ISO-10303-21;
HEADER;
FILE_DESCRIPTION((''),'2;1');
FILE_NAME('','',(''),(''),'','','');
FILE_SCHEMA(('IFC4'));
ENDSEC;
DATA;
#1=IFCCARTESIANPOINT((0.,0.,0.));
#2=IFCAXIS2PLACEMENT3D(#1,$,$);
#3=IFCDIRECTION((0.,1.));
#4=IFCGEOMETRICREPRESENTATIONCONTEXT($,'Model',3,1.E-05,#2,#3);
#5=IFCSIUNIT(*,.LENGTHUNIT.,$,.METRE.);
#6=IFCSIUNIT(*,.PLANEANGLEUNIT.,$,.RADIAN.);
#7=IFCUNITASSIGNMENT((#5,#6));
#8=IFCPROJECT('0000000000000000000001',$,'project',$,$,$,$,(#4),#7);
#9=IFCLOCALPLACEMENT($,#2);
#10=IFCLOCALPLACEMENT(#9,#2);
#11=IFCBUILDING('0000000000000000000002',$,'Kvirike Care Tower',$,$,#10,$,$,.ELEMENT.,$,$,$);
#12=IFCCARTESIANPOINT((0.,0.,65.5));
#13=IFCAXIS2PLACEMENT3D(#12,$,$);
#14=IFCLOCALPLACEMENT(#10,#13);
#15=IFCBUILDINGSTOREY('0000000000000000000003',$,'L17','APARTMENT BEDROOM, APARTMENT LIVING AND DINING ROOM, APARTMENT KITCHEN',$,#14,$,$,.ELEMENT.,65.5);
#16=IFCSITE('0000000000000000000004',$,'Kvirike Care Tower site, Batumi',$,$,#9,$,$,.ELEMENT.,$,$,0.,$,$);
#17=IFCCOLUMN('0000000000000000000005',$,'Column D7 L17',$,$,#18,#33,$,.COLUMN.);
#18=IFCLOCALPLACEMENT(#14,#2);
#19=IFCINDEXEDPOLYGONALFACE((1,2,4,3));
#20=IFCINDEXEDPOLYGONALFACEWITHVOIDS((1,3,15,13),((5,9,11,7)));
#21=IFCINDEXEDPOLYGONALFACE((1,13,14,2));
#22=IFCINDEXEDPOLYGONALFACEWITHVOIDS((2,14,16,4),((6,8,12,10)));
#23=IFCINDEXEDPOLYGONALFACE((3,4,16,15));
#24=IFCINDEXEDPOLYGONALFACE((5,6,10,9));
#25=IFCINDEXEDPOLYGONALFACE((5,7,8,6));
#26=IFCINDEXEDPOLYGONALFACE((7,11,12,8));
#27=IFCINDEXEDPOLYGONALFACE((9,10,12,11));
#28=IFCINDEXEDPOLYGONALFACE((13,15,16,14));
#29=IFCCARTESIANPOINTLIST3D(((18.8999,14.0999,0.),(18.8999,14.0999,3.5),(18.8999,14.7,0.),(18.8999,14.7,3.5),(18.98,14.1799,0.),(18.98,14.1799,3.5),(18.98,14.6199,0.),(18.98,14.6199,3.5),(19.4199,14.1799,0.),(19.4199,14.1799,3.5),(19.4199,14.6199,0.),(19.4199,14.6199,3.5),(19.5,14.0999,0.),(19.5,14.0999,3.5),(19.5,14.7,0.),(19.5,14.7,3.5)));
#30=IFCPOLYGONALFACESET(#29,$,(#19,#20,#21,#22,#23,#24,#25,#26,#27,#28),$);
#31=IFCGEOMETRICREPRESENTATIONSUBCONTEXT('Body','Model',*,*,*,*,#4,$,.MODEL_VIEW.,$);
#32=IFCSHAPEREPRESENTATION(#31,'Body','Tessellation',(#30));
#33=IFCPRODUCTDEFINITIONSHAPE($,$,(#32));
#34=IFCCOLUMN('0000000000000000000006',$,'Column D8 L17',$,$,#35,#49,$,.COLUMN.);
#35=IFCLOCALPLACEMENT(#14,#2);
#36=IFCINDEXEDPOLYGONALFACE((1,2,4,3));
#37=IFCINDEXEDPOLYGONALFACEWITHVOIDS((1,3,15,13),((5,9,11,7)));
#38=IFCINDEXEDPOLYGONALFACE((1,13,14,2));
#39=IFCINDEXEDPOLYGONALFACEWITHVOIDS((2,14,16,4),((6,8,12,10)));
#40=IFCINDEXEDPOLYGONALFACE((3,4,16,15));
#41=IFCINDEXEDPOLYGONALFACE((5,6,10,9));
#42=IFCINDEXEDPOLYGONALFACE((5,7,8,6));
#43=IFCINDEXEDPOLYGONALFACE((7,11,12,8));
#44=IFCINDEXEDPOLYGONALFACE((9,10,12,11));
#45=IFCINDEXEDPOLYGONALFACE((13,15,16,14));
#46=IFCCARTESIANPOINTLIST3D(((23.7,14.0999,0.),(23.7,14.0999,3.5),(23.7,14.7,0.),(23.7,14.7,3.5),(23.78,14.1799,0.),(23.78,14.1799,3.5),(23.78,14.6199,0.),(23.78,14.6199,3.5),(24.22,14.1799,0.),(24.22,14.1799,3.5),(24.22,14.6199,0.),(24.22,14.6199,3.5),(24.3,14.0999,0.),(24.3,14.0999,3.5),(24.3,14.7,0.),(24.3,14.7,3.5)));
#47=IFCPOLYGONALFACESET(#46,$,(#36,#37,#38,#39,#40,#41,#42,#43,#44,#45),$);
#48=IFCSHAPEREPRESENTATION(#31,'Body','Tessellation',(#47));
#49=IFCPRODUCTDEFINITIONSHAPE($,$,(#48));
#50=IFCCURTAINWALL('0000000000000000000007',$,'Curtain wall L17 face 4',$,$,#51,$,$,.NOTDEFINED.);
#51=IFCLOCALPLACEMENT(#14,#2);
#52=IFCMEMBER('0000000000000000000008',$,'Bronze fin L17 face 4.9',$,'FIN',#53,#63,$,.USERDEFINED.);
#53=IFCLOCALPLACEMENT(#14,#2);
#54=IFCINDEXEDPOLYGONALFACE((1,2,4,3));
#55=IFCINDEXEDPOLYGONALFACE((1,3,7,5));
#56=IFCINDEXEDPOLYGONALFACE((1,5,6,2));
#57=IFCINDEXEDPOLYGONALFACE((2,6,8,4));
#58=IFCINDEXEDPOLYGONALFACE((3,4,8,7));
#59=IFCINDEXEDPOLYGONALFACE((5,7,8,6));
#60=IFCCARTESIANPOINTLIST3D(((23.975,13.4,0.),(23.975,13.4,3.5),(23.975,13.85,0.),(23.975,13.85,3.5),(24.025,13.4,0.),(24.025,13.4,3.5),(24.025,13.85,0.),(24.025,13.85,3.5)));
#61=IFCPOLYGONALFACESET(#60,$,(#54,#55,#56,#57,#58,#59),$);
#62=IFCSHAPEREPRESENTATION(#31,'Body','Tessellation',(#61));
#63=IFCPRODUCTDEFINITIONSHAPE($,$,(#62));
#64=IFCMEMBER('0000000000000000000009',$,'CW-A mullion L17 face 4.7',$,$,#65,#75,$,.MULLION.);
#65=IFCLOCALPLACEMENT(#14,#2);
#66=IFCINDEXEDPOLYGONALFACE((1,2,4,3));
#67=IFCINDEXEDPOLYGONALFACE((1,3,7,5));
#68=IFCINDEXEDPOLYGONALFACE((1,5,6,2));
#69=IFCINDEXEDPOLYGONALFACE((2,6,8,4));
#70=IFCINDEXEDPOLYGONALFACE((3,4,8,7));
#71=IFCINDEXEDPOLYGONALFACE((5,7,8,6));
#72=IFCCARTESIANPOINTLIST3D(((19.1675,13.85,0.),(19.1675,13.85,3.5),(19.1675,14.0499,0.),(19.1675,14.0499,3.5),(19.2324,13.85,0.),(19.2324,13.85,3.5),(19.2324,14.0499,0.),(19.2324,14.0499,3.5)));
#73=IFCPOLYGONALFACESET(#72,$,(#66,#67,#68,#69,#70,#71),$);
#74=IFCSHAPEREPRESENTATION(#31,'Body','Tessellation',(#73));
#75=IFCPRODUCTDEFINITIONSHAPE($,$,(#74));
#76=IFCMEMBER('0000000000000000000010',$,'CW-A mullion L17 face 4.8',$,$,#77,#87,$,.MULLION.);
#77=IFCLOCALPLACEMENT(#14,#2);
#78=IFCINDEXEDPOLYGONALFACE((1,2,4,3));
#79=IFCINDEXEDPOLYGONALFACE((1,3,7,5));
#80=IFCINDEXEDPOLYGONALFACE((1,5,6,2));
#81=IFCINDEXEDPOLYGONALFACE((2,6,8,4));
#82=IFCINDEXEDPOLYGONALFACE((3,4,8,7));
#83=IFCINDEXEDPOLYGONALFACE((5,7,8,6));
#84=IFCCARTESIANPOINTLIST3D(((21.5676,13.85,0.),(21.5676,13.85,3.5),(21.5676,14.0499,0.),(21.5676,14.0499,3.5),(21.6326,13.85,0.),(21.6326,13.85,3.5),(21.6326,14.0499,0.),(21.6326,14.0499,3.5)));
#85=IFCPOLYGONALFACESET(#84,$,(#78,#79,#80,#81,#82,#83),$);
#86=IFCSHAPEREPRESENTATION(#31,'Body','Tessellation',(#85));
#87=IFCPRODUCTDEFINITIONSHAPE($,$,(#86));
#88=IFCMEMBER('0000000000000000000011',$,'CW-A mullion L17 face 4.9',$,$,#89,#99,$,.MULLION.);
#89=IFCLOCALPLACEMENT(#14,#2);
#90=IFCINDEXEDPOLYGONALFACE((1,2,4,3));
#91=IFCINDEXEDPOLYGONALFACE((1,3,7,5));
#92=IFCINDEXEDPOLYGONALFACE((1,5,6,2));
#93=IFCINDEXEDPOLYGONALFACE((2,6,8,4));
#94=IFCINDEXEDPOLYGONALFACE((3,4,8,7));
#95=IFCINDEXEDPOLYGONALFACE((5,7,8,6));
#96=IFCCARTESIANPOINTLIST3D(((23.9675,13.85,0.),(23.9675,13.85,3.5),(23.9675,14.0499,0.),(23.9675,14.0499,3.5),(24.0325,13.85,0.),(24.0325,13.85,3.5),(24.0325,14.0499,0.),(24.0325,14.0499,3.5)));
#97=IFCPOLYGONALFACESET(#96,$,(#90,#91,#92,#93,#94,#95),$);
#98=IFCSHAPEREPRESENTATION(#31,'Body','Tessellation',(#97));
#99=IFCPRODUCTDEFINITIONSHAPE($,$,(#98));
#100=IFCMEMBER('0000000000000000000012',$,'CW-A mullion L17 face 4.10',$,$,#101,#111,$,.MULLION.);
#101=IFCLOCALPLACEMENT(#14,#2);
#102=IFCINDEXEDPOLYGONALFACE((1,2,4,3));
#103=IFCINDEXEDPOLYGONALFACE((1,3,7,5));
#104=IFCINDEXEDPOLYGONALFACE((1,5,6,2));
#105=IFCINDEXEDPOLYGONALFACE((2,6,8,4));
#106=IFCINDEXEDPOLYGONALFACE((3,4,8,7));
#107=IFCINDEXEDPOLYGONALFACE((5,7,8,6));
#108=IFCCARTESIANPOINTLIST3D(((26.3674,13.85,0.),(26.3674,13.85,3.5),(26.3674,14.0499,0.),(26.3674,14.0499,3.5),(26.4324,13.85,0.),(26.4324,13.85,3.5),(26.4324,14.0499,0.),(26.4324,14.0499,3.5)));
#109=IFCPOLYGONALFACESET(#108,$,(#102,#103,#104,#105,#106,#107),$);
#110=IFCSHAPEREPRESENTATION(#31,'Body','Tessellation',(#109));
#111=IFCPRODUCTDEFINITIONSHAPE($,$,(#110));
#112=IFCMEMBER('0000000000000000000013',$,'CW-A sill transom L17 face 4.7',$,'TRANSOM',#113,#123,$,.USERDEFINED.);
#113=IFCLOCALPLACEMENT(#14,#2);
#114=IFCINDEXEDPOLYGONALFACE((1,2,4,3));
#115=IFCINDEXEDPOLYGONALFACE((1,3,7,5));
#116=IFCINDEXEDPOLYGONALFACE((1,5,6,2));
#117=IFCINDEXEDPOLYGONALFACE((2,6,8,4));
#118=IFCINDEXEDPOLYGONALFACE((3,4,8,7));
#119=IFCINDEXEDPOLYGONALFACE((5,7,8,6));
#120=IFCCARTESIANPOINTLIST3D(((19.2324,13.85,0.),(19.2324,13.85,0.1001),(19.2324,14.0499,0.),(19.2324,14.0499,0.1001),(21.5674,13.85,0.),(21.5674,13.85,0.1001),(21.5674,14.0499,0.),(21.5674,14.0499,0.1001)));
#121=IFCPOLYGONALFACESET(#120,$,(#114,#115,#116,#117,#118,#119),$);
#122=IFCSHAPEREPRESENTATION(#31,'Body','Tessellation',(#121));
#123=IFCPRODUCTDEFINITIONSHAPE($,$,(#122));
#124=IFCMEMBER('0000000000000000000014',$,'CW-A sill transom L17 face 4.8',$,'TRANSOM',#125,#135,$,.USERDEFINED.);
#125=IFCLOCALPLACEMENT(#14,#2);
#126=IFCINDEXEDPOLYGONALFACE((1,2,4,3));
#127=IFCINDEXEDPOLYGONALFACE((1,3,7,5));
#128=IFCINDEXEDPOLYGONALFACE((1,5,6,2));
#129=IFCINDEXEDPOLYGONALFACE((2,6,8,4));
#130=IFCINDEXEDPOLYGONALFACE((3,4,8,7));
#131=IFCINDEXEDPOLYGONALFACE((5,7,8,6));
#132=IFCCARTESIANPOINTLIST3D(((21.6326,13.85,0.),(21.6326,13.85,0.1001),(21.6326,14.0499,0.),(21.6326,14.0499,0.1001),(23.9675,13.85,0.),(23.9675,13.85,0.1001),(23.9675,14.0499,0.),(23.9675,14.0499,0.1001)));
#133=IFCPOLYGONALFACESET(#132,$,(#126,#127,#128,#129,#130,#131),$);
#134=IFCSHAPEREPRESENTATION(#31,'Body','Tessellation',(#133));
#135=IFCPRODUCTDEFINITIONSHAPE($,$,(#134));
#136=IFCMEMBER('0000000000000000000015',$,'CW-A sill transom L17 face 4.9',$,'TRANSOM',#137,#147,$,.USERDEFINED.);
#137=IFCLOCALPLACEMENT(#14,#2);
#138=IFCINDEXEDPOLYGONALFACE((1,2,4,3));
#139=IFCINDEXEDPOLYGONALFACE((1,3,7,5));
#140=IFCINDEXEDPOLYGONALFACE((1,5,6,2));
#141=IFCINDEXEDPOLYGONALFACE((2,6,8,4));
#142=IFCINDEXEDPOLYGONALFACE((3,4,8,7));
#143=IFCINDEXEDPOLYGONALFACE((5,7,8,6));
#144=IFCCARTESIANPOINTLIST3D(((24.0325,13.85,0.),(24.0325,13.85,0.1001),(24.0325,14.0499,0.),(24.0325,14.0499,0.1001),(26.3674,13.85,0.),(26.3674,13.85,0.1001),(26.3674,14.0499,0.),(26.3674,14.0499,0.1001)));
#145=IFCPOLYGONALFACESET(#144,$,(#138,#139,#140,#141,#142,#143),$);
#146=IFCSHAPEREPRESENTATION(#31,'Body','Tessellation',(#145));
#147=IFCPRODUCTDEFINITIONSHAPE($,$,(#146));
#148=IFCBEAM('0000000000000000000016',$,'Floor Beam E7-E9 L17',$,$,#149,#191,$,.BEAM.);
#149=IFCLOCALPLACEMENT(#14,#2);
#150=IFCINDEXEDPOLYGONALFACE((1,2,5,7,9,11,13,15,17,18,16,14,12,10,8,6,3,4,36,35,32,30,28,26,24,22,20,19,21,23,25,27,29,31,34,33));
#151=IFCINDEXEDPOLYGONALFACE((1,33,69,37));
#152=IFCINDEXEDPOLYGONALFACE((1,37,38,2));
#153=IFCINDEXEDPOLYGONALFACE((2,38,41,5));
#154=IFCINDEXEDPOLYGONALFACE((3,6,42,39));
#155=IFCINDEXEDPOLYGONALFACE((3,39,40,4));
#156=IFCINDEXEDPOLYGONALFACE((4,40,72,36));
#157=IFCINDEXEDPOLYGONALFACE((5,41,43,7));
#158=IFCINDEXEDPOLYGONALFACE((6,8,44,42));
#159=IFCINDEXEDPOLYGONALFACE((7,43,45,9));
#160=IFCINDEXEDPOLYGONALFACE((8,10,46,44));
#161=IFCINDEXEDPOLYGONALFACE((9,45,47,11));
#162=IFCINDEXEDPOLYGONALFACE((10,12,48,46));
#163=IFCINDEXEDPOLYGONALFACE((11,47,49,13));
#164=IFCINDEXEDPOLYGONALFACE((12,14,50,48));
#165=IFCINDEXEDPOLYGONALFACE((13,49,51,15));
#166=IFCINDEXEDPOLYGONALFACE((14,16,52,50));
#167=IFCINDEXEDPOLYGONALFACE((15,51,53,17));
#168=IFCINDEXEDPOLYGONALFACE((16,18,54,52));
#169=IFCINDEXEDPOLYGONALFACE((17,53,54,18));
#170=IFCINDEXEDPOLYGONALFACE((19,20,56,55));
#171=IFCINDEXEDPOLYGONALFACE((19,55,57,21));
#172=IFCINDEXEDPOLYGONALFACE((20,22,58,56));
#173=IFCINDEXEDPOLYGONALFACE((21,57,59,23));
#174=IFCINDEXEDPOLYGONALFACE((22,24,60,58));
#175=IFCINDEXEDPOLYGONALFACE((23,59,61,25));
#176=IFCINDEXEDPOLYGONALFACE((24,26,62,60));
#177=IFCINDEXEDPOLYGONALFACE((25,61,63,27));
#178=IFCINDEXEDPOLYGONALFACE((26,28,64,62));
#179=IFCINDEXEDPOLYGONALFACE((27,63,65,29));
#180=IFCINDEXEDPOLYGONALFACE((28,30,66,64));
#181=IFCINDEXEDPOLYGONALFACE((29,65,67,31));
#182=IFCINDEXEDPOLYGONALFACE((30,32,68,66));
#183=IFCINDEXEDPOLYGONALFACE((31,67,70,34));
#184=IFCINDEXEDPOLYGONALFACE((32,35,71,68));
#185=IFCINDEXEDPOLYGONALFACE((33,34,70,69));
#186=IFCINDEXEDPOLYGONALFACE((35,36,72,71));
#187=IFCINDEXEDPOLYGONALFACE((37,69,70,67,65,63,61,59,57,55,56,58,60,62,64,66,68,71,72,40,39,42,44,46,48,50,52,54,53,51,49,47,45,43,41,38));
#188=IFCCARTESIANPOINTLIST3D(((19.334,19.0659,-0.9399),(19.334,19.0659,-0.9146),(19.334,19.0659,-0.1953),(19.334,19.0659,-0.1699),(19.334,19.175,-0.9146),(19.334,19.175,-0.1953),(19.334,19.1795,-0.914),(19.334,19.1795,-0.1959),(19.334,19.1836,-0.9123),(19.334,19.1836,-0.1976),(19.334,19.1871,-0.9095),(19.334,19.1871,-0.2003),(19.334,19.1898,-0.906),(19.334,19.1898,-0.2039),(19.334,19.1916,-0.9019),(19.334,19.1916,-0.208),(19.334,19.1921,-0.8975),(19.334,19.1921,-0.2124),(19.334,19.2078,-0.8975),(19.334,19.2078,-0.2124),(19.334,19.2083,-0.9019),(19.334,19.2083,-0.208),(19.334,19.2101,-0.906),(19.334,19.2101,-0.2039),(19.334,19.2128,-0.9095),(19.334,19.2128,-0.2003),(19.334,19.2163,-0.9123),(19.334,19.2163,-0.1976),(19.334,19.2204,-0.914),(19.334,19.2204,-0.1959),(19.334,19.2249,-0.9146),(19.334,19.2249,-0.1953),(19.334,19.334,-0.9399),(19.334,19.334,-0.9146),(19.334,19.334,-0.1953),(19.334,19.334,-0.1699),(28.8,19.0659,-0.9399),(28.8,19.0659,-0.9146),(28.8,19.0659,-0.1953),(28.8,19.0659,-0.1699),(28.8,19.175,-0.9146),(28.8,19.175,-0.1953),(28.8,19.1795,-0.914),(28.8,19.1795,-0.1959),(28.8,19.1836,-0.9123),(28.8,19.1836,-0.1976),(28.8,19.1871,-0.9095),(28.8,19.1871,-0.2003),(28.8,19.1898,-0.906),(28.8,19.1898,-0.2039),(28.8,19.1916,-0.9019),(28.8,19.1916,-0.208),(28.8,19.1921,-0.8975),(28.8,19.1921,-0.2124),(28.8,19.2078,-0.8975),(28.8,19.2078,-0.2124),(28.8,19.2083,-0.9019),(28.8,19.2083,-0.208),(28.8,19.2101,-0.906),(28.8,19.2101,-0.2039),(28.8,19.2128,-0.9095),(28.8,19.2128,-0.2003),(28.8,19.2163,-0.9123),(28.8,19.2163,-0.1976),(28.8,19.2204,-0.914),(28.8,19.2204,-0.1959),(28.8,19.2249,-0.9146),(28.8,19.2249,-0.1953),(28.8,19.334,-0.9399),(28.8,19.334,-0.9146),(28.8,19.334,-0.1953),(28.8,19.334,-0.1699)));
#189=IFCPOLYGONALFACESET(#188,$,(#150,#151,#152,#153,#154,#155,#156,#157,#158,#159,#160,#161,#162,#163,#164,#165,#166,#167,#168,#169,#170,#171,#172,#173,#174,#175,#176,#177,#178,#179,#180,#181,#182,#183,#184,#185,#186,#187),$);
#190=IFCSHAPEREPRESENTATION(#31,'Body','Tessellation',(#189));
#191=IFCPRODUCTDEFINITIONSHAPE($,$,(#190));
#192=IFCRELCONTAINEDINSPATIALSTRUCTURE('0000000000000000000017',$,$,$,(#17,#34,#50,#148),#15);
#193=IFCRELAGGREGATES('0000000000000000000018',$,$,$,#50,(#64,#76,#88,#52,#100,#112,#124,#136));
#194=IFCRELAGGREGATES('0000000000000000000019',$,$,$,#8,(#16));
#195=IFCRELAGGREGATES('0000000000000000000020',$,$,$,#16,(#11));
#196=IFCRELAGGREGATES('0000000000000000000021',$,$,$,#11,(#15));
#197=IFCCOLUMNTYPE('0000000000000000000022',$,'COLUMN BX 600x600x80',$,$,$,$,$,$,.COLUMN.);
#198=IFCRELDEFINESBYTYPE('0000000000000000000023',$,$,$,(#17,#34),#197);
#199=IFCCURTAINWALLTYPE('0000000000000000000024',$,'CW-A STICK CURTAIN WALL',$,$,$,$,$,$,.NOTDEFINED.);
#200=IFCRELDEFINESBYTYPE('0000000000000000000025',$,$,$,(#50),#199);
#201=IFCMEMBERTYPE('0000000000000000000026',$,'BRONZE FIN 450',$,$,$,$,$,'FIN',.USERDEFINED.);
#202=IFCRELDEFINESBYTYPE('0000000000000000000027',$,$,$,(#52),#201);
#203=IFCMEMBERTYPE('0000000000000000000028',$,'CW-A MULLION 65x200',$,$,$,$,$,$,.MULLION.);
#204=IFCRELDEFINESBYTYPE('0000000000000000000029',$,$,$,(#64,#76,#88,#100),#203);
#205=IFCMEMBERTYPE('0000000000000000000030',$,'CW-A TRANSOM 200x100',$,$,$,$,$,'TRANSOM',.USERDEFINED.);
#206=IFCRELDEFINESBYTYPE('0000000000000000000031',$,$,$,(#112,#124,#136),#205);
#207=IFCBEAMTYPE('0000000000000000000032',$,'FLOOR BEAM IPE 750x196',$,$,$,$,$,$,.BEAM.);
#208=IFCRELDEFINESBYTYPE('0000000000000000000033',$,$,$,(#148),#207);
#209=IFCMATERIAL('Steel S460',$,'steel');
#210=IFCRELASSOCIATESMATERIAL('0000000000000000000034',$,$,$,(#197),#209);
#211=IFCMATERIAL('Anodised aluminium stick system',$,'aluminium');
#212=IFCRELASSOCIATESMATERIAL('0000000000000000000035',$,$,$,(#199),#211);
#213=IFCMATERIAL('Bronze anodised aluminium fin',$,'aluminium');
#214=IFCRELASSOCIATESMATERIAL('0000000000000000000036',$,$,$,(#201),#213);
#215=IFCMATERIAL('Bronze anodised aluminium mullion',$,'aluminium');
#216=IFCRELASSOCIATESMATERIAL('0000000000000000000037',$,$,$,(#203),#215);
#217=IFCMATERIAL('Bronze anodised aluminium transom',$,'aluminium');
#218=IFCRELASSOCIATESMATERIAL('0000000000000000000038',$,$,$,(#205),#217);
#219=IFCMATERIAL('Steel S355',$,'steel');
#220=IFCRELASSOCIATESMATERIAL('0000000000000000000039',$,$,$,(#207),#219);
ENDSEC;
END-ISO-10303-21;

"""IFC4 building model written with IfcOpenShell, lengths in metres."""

from ifc_helpers import new_model, si_unit, direction, frame, origin, origin_2d, place, context, subcontext, project, spatial, rectangle, hollow_rectangle, i_section, extrude, material, material_profile, profile_set, type_object, element, aggregate, save


model = new_model("IFC4")

# Units and contexts
model_context = context("Model", 3, precision=1e-05, world=origin(), true_north=direction((0.0, 1.0)))
body_context = subcontext(model_context, "Body", "Model", "MODEL_VIEW")
ifc_project = project(units=[si_unit("LENGTHUNIT", "METRE"), si_unit("PLANEANGLEUNIT", "RADIAN")], contexts=[model_context])

# Site, building, storey
site_placement = place(None, origin())
site = spatial("IfcSite", under=ifc_project, at=site_placement, Name="Kvirike Care Tower site, Batumi", CompositionType="ELEMENT", RefElevation=0.0)
building_placement = place(site_placement, origin())
building = spatial("IfcBuilding", under=site, at=building_placement, Name="Kvirike Care Tower", CompositionType="ELEMENT")
storey_placement = place(building_placement, frame((0.0, 0.0, 65.5)))
storey = spatial("IfcBuildingStorey", under=building, at=storey_placement, Name="L17", Description="APARTMENT BEDROOM, APARTMENT LIVING AND DINING ROOM, APARTMENT KITCHEN", CompositionType="ELEMENT", Elevation=65.5)

# Columns
ifc_material_1 = material(Name="Steel S460", Category="steel")
ifc_material_profile_1 = material_profile(ifc_material_1, hollow_rectangle(XDim=0.6001, YDim=0.6001, WallThickness=0.0801, at=origin_2d()), Name="BX 600x600x80")
ifc_profile_set_1 = profile_set([ifc_material_profile_1], Name="Steel S460")
column_type = type_object("IfcColumnType", Name="COLUMN BX 600x600x80", PredefinedType="COLUMN", material=ifc_profile_set_1)
for number, where, z_axis, x_axis, name in (
    (1, (19.2, 14.3999, 0.0), (0.0, 0.0, 1.0), (0.0, 1.0, 0.0), "Column D7 L17"),
    (2, (24.0, 14.3999, 0.0), (0.0, 0.0, 1.0), (0.0, 1.0, 0.0), "Column D8 L17"),
):
    element("IfcColumn", number, at=place(storey_placement, frame(where, z_axis=z_axis, x_axis=x_axis)), inside=storey, type_object=column_type, Name=name, PredefinedType="COLUMN", context=body_context, shape_type="SweptSolid", body=[
        extrude(hollow_rectangle(XDim=0.6001, YDim=0.6001, WallThickness=0.0801, at=origin_2d()), origin(), (0.0, 0.0, 1.0), 3.5),
    ])

# Curtain wall, members
ifc_material_2 = material(Name="Anodised aluminium stick system", Category="aluminium")
curtain_wall_type = type_object("IfcCurtainWallType", Name="CW-A STICK CURTAIN WALL", PredefinedType="NOTDEFINED", material=ifc_material_2)
curtain_wall_placement = place(storey_placement, origin())
curtain_wall = element("IfcCurtainWall", 3, at=curtain_wall_placement, inside=storey, type_object=curtain_wall_type, Name="Curtain wall L17 face 4", PredefinedType="NOTDEFINED")
ifc_material_3 = material(Name="Bronze anodised aluminium fin", Category="aluminium")
ifc_material_profile_2 = material_profile(ifc_material_3, rectangle(XDim=0.05, YDim=0.45, at=origin_2d()), Name="BRONZE FIN 450")
ifc_profile_set_2 = profile_set([ifc_material_profile_2], Name="Bronze anodised aluminium fin")
member_type_1 = type_object("IfcMemberType", Name="BRONZE FIN 450", ElementType="FIN", PredefinedType="USERDEFINED", material=ifc_profile_set_2)
member_1_placement = place(storey_placement, frame((24.0, 13.625, 0.0), z_axis=(0.0, 0.0, 1.0), x_axis=(1.0, 0.0, 0.0)))
member_1 = element("IfcMember", 4, at=member_1_placement, type_object=member_type_1, Name="Bronze fin L17 face 4.9", ObjectType="FIN", PredefinedType="USERDEFINED", context=body_context, shape_type="SweptSolid", body=[
    extrude(rectangle(XDim=0.05, YDim=0.45, at=origin_2d()), origin(), (0.0, 0.0, 1.0), 3.5),
])
ifc_material_4 = material(Name="Bronze anodised aluminium mullion", Category="aluminium")
ifc_material_profile_3 = material_profile(ifc_material_4, rectangle(XDim=0.0649, YDim=0.2, at=origin_2d()), Name="CW-A MULLION 65x200")
ifc_profile_set_3 = profile_set([ifc_material_profile_3], Name="Bronze anodised aluminium mullion")
member_type_2 = type_object("IfcMemberType", Name="CW-A MULLION 65x200", PredefinedType="MULLION", material=ifc_profile_set_3)
member_2_placement = place(storey_placement, frame((19.2, 13.95, 0.0), z_axis=(0.0, 0.0, 1.0), x_axis=(1.0, 0.0, 0.0)))
member_2 = element("IfcMember", 5, at=member_2_placement, type_object=member_type_2, Name="CW-A mullion L17 face 4.7", PredefinedType="MULLION", context=body_context, shape_type="SweptSolid", body=[
    extrude(rectangle(XDim=0.0649, YDim=0.2, at=origin_2d()), origin(), (0.0, 0.0, 1.0), 3.5),
])
member_3_placement = place(storey_placement, frame((21.6001, 13.95, 0.0), z_axis=(0.0, 0.0, 1.0), x_axis=(1.0, 0.0, 0.0)))
member_3 = element("IfcMember", 6, at=member_3_placement, type_object=member_type_2, Name="CW-A mullion L17 face 4.8", PredefinedType="MULLION", context=body_context, shape_type="SweptSolid", body=[
    extrude(rectangle(XDim=0.0649, YDim=0.2, at=origin_2d()), origin(), (0.0, 0.0, 1.0), 3.5),
])
member_4_placement = place(storey_placement, frame((24.0, 13.95, 0.0), z_axis=(0.0, 0.0, 1.0), x_axis=(1.0, 0.0, 0.0)))
member_4 = element("IfcMember", 7, at=member_4_placement, type_object=member_type_2, Name="CW-A mullion L17 face 4.9", PredefinedType="MULLION", context=body_context, shape_type="SweptSolid", body=[
    extrude(rectangle(XDim=0.0649, YDim=0.2, at=origin_2d()), origin(), (0.0, 0.0, 1.0), 3.5),
])
member_5_placement = place(storey_placement, frame((26.3999, 13.95, 0.0), z_axis=(0.0, 0.0, 1.0), x_axis=(1.0, 0.0, 0.0)))
member_5 = element("IfcMember", 8, at=member_5_placement, type_object=member_type_2, Name="CW-A mullion L17 face 4.10", PredefinedType="MULLION", context=body_context, shape_type="SweptSolid", body=[
    extrude(rectangle(XDim=0.0649, YDim=0.2, at=origin_2d()), origin(), (0.0, 0.0, 1.0), 3.5),
])
ifc_material_5 = material(Name="Bronze anodised aluminium transom", Category="aluminium")
ifc_material_profile_4 = material_profile(ifc_material_5, rectangle(XDim=0.2, YDim=0.1001, at=origin_2d()), Name="CW-A TRANSOM 200x100")
ifc_profile_set_4 = profile_set([ifc_material_profile_4], Name="Bronze anodised aluminium transom")
member_type_3 = type_object("IfcMemberType", Name="CW-A TRANSOM 200x100", ElementType="TRANSOM", PredefinedType="USERDEFINED", material=ifc_profile_set_4)
member_6_placement = place(storey_placement, frame((19.2324, 13.95, 0.05), z_axis=(1.0, 0.0, 0.0), x_axis=(0.0, 1.0, 0.0)))
member_6 = element("IfcMember", 9, at=member_6_placement, type_object=member_type_3, Name="CW-A sill transom L17 face 4.7", ObjectType="TRANSOM", PredefinedType="USERDEFINED", context=body_context, shape_type="SweptSolid", body=[
    extrude(rectangle(XDim=0.2, YDim=0.1001, at=origin_2d()), origin(), (0.0, 0.0, 1.0), 2.335),
])
member_7_placement = place(storey_placement, frame((21.6326, 13.95, 0.05), z_axis=(1.0, 0.0, 0.0), x_axis=(0.0, 1.0, 0.0)))
member_7 = element("IfcMember", 10, at=member_7_placement, type_object=member_type_3, Name="CW-A sill transom L17 face 4.8", ObjectType="TRANSOM", PredefinedType="USERDEFINED", context=body_context, shape_type="SweptSolid", body=[
    extrude(rectangle(XDim=0.2, YDim=0.1001, at=origin_2d()), origin(), (0.0, 0.0, 1.0), 2.335),
])
member_8_placement = place(storey_placement, frame((24.0325, 13.95, 0.05), z_axis=(1.0, 0.0, 0.0), x_axis=(0.0, 1.0, 0.0)))
member_8 = element("IfcMember", 11, at=member_8_placement, type_object=member_type_3, Name="CW-A sill transom L17 face 4.9", ObjectType="TRANSOM", PredefinedType="USERDEFINED", context=body_context, shape_type="SweptSolid", body=[
    extrude(rectangle(XDim=0.2, YDim=0.1001, at=origin_2d()), origin(), (0.0, 0.0, 1.0), 2.335),
])

# Beam
ifc_material_6 = material(Name="Steel S355", Category="steel")
ifc_material_profile_5 = material_profile(ifc_material_6, i_section(OverallWidth=0.2681, OverallDepth=0.77, WebThickness=0.0156, FlangeThickness=0.0254, FilletRadius=0.0171, at=origin_2d()), Name="IPE 750x196")
ifc_profile_set_5 = profile_set([ifc_material_profile_5], Name="Steel S355")
beam_type_1 = type_object("IfcBeamType", Name="FLOOR BEAM IPE 750x196", PredefinedType="BEAM", material=ifc_profile_set_5)
beam_1_placement = place(storey_placement, frame((19.334, 19.2, -0.5549), z_axis=(1.0, 0.0, 0.0), x_axis=(0.0, 1.0, 0.0)))
element("IfcBeam", 12, at=beam_1_placement, inside=storey, type_object=beam_type_1, Name="Floor Beam E7-E9 L17", PredefinedType="BEAM", context=body_context, shape_type="SweptSolid", body=[
    extrude(i_section(OverallWidth=0.2681, OverallDepth=0.77, WebThickness=0.0156, FlangeThickness=0.0254, FilletRadius=0.0171, at=origin_2d()), origin(), (0.0, 0.0, 1.0), 9.4661),
])

aggregate(curtain_wall, [member_2, member_3, member_4, member_1, member_5, member_6, member_7, member_8])

save(model, "model.ifc")
